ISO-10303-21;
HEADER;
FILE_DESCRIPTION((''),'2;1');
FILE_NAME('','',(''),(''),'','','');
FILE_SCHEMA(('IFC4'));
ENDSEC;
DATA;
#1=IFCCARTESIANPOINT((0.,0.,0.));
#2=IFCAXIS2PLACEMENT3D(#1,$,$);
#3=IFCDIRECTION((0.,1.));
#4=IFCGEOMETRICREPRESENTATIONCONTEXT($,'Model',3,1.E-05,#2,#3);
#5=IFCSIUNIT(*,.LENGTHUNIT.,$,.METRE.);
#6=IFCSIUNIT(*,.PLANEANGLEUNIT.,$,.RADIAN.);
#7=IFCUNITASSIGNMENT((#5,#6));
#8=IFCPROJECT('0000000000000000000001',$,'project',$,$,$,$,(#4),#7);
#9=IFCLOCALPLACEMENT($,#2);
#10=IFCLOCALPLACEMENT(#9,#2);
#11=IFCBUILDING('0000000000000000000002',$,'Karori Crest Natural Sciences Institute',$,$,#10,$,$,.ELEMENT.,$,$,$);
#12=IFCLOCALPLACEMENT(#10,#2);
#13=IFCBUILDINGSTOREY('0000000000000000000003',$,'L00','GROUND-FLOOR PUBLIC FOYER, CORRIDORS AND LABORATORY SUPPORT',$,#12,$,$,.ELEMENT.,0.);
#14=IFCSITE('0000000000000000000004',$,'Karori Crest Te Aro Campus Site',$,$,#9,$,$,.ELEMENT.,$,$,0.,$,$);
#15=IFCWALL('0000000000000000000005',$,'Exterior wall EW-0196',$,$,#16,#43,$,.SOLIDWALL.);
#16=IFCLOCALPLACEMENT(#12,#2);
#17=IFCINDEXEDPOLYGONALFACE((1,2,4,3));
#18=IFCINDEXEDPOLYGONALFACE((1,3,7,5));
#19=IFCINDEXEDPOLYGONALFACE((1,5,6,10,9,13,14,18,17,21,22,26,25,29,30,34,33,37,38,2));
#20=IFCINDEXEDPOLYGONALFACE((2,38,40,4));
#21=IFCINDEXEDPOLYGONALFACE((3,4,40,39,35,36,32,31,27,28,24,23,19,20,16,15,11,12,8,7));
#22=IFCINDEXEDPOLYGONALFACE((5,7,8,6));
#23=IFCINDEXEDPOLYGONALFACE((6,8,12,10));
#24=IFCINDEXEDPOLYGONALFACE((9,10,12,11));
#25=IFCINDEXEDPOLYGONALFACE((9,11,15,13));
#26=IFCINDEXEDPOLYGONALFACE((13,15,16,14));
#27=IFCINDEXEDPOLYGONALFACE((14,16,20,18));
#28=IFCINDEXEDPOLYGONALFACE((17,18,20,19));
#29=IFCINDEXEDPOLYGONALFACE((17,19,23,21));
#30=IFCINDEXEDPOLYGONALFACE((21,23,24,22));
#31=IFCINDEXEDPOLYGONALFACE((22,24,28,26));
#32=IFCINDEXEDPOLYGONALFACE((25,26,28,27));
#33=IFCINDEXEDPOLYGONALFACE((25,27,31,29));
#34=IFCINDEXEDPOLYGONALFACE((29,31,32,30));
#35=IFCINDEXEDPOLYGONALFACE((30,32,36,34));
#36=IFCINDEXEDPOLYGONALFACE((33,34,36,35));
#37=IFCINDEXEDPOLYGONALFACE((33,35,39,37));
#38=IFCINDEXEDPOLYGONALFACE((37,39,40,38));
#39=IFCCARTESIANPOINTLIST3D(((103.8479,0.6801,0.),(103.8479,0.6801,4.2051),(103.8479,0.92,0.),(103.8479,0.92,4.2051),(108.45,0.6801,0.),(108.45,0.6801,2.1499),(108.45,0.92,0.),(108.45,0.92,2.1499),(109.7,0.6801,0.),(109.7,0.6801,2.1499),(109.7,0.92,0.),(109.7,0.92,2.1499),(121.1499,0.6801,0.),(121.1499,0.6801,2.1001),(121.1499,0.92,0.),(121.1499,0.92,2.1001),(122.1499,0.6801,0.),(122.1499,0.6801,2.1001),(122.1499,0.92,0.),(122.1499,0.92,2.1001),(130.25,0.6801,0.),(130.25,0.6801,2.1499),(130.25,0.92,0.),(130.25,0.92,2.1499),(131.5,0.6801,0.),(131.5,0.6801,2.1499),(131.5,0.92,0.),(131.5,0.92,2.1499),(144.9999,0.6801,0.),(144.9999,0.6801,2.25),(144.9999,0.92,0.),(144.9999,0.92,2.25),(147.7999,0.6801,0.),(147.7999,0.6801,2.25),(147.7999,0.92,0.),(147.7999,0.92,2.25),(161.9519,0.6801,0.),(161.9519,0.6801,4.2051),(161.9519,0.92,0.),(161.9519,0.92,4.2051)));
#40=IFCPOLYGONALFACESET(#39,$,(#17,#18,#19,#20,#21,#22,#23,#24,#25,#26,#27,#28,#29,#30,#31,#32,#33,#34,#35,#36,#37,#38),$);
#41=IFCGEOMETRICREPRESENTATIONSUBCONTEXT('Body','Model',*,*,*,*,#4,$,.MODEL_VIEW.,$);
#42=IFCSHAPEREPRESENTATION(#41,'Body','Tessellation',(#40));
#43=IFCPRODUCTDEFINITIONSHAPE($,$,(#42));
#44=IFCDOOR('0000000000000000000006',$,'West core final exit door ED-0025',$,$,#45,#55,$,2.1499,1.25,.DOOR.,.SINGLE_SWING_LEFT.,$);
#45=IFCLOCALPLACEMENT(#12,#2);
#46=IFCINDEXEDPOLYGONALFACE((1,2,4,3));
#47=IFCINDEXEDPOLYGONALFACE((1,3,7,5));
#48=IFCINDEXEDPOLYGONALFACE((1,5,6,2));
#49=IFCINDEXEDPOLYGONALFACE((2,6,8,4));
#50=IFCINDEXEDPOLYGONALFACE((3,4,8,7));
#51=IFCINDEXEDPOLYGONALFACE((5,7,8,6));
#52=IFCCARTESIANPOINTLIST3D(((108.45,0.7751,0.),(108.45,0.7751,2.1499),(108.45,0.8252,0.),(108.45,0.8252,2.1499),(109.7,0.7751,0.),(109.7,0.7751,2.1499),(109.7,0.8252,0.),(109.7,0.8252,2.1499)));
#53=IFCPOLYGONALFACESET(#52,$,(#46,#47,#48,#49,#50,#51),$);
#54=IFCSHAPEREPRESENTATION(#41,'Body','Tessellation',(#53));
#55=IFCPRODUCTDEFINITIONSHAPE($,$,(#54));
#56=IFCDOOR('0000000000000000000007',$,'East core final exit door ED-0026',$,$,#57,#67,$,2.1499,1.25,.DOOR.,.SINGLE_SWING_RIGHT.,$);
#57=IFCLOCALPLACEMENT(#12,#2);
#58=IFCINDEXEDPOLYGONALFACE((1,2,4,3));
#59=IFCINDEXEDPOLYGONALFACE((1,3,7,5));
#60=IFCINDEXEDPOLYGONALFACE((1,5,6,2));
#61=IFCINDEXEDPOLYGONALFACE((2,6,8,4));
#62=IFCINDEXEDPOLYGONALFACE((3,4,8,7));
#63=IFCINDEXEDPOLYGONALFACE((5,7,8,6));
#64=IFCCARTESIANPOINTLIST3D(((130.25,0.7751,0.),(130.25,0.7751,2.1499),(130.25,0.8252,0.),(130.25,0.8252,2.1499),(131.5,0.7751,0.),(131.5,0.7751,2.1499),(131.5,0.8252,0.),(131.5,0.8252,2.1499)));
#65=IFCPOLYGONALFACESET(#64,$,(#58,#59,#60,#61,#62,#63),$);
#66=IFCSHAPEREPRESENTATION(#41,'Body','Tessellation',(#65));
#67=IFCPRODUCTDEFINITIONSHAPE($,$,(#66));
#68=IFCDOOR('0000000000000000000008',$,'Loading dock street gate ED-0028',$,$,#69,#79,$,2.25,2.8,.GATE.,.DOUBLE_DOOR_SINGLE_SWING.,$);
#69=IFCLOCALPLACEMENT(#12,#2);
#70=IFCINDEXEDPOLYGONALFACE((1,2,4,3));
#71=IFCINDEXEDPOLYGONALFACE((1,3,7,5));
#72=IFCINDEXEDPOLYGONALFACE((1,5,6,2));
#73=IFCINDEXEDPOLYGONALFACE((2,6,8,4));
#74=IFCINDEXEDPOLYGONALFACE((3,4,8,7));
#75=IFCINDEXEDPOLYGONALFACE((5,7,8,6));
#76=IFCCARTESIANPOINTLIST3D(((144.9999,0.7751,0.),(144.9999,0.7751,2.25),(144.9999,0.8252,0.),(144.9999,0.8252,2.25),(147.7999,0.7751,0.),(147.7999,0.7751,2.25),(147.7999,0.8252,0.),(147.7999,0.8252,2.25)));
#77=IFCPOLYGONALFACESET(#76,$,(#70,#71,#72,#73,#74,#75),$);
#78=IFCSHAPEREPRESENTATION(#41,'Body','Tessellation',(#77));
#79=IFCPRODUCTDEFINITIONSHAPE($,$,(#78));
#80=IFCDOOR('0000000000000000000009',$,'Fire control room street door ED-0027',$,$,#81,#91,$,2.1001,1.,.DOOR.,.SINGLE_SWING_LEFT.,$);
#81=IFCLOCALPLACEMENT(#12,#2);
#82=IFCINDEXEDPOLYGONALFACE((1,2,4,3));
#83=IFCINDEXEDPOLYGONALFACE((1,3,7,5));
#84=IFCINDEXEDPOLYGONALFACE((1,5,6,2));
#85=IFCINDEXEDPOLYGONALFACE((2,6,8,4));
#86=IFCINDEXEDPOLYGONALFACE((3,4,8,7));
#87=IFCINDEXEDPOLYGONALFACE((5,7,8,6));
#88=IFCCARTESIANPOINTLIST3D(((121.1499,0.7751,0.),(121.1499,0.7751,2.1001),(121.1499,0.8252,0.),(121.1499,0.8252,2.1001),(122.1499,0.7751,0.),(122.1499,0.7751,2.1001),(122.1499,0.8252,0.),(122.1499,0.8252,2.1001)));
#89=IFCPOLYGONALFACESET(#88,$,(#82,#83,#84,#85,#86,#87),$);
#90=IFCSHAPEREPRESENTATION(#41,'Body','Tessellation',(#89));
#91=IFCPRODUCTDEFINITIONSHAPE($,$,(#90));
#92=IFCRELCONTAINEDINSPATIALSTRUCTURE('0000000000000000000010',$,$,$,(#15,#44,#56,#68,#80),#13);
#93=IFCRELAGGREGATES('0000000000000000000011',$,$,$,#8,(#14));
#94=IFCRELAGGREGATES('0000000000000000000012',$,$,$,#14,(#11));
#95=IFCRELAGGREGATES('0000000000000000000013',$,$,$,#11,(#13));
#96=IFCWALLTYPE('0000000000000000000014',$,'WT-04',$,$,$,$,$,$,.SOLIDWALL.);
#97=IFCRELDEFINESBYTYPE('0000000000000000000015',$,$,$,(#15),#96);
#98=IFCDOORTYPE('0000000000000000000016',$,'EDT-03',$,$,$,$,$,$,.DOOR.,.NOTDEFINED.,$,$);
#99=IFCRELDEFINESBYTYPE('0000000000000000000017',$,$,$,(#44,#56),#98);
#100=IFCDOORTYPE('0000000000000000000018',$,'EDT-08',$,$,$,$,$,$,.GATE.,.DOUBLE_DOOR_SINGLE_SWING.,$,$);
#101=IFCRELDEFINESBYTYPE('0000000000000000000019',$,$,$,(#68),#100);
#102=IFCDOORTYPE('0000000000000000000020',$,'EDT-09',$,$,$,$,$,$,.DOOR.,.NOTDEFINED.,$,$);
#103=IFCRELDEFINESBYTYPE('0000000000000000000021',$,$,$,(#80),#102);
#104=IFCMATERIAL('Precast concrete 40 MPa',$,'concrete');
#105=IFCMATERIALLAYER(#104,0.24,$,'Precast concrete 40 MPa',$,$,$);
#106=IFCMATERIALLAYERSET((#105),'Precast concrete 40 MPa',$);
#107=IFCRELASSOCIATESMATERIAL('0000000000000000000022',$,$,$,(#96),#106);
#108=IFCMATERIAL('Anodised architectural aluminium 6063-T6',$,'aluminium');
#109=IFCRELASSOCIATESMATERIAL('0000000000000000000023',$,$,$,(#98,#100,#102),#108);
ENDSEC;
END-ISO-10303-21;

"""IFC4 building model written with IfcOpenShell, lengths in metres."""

from ifc_helpers import new_model, si_unit, direction, frame, frame_2d, origin, place, context, subcontext, project, spatial, rectangle, extrude, material, layer, layer_set, type_object, element, fill, save


model = new_model("IFC4")

# Units and contexts
model_context = context("Model", 3, precision=1e-05, world=origin(), true_north=direction((0.0, 1.0)))
body_context = subcontext(model_context, "Body", "Model", "MODEL_VIEW")
ifc_project = project(units=[si_unit("LENGTHUNIT", "METRE"), si_unit("PLANEANGLEUNIT", "RADIAN")], contexts=[model_context])

# Site, building, storey
site_placement = place(None, origin())
site = spatial("IfcSite", under=ifc_project, at=site_placement, Name="Karori Crest Te Aro Campus Site", CompositionType="ELEMENT", RefElevation=0.0)
building_placement = place(site_placement, origin())
building = spatial("IfcBuilding", under=site, at=building_placement, Name="Karori Crest Natural Sciences Institute", CompositionType="ELEMENT")
storey_placement = place(building_placement, origin())
storey = spatial("IfcBuildingStorey", under=building, at=storey_placement, Name="L00", Description="GROUND-FLOOR PUBLIC FOYER, CORRIDORS AND LABORATORY SUPPORT", CompositionType="ELEMENT", Elevation=0.0)

# Wall, openings, doors
ifc_material_1 = material(Name="Precast concrete 40 MPa", Category="concrete")
ifc_layer_1 = layer(ifc_material_1, 0.24, Name="Precast concrete 40 MPa")
ifc_layer_set_1 = layer_set([ifc_layer_1], Name="Precast concrete 40 MPa")
wall_type_1 = type_object("IfcWallType", Name="WT-04", PredefinedType="SOLIDWALL", material=ifc_layer_set_1)
wall_1_placement = place(storey_placement, frame((161.9519, 0.8, 0.0), z_axis=(0.0, 0.0, 1.0), x_axis=(-1.0, 0.0, 0.0)))
wall_1 = element("IfcWall", 1, at=wall_1_placement, inside=storey, type_object=wall_type_1, Name="Exterior wall EW-0196", PredefinedType="SOLIDWALL", context=body_context, shape_type="SweptSolid", body=[
    extrude(rectangle(XDim=58.104, YDim=0.24, at=frame_2d((29.052, 0.0))), origin(), (0.0, 0.0, 1.0), 4.2051),
])
opening_1_placement = place(wall_1_placement, frame((52.252, 0.0, 0.0)))
opening_1 = element("IfcOpeningElement", 2, at=opening_1_placement, cuts=wall_1, PredefinedType="OPENING", context=body_context, shape_type="SweptSolid", body=[
    extrude(rectangle(XDim=1.25, YDim=2.1499, at=frame_2d((0.625, 1.075))), frame((0.0, 0.1299, 0.0), z_axis=(0.0, -1.0, 0.0), x_axis=(1.0, 0.0, 0.0)), (0.0, 0.0, 1.0), 0.26),
])
opening_2_placement = place(wall_1_placement, frame((30.4519, 0.0, 0.0)))
opening_2 = element("IfcOpeningElement", 3, at=opening_2_placement, cuts=wall_1, PredefinedType="OPENING", context=body_context, shape_type="SweptSolid", body=[
    extrude(rectangle(XDim=1.25, YDim=2.1499, at=frame_2d((0.625, 1.075))), frame((0.0, 0.1299, 0.0), z_axis=(0.0, -1.0, 0.0), x_axis=(1.0, 0.0, 0.0)), (0.0, 0.0, 1.0), 0.26),
])
opening_3_placement = place(wall_1_placement, frame((39.802, 0.0, 0.0)))
opening_3 = element("IfcOpeningElement", 4, at=opening_3_placement, cuts=wall_1, PredefinedType="OPENING", context=body_context, shape_type="SweptSolid", body=[
    extrude(rectangle(XDim=1.0, YDim=2.1001, at=frame_2d((0.5, 1.05))), frame((0.0, 0.1299, 0.0), z_axis=(0.0, -1.0, 0.0), x_axis=(1.0, 0.0, 0.0)), (0.0, 0.0, 1.0), 0.26),
])
opening_4_placement = place(wall_1_placement, frame((14.1521, 0.0, 0.0)))
opening_4 = element("IfcOpeningElement", 5, at=opening_4_placement, cuts=wall_1, PredefinedType="OPENING", context=body_context, shape_type="SweptSolid", body=[
    extrude(rectangle(XDim=2.8, YDim=2.25, at=frame_2d((1.3999, 1.125))), frame((0.0, 0.1299, 0.0), z_axis=(0.0, -1.0, 0.0), x_axis=(1.0, 0.0, 0.0)), (0.0, 0.0, 1.0), 0.26),
])
ifc_material_2 = material(Name="Anodised architectural aluminium 6063-T6", Category="aluminium")
door_type_1 = type_object("IfcDoorType", Name="EDT-03", OperationType="NOTDEFINED", PredefinedType="DOOR", material=ifc_material_2)
door_1_placement = place(opening_1_placement, origin())
door_1 = element("IfcDoor", 6, at=door_1_placement, inside=storey, type_object=door_type_1, Name="West core final exit door ED-0025", OperationType="SINGLE_SWING_LEFT", OverallHeight=2.1499, OverallWidth=1.25, PredefinedType="DOOR", context=body_context, shape_type="SweptSolid", body=[
    extrude(rectangle(XDim=1.25, YDim=2.1499, at=frame_2d((0.625, 1.075))), frame((0.0, 0.0249, 0.0), z_axis=(0.0, -1.0, 0.0), x_axis=(1.0, 0.0, 0.0)), (0.0, 0.0, 1.0), 0.05),
])
fill(opening_1, door_1)
door_2_placement = place(opening_2_placement, origin())
door_2 = element("IfcDoor", 7, at=door_2_placement, inside=storey, type_object=door_type_1, Name="East core final exit door ED-0026", OperationType="SINGLE_SWING_RIGHT", OverallHeight=2.1499, OverallWidth=1.25, PredefinedType="DOOR", context=body_context, shape_type="SweptSolid", body=[
    extrude(rectangle(XDim=1.25, YDim=2.1499, at=frame_2d((0.625, 1.075))), frame((0.0, 0.0249, 0.0), z_axis=(0.0, -1.0, 0.0), x_axis=(1.0, 0.0, 0.0)), (0.0, 0.0, 1.0), 0.05),
])
fill(opening_2, door_2)
door_type_2 = type_object("IfcDoorType", Name="EDT-08", OperationType="DOUBLE_DOOR_SINGLE_SWING", PredefinedType="GATE", material=ifc_material_2)
door_3_placement = place(opening_4_placement, origin())
door_3 = element("IfcDoor", 8, at=door_3_placement, inside=storey, type_object=door_type_2, Name="Loading dock street gate ED-0028", OperationType="DOUBLE_DOOR_SINGLE_SWING", OverallHeight=2.25, OverallWidth=2.8, PredefinedType="GATE", context=body_context, shape_type="SweptSolid", body=[
    extrude(rectangle(XDim=2.8, YDim=2.25, at=frame_2d((1.3999, 1.125))), frame((0.0, 0.0249, 0.0), z_axis=(0.0, -1.0, 0.0), x_axis=(1.0, 0.0, 0.0)), (0.0, 0.0, 1.0), 0.05),
])
fill(opening_4, door_3)
door_type_3 = type_object("IfcDoorType", Name="EDT-09", OperationType="NOTDEFINED", PredefinedType="DOOR", material=ifc_material_2)
door_4_placement = place(opening_3_placement, origin())
door_4 = element("IfcDoor", 9, at=door_4_placement, inside=storey, type_object=door_type_3, Name="Fire control room street door ED-0027", OperationType="SINGLE_SWING_LEFT", OverallHeight=2.1001, OverallWidth=1.0, PredefinedType="DOOR", context=body_context, shape_type="SweptSolid", body=[
    extrude(rectangle(XDim=1.0, YDim=2.1001, at=frame_2d((0.5, 1.05))), frame((0.0, 0.0249, 0.0), z_axis=(0.0, -1.0, 0.0), x_axis=(1.0, 0.0, 0.0)), (0.0, 0.0, 1.0), 0.05),
])
fill(opening_3, door_4)

save(model, "model.ifc")
